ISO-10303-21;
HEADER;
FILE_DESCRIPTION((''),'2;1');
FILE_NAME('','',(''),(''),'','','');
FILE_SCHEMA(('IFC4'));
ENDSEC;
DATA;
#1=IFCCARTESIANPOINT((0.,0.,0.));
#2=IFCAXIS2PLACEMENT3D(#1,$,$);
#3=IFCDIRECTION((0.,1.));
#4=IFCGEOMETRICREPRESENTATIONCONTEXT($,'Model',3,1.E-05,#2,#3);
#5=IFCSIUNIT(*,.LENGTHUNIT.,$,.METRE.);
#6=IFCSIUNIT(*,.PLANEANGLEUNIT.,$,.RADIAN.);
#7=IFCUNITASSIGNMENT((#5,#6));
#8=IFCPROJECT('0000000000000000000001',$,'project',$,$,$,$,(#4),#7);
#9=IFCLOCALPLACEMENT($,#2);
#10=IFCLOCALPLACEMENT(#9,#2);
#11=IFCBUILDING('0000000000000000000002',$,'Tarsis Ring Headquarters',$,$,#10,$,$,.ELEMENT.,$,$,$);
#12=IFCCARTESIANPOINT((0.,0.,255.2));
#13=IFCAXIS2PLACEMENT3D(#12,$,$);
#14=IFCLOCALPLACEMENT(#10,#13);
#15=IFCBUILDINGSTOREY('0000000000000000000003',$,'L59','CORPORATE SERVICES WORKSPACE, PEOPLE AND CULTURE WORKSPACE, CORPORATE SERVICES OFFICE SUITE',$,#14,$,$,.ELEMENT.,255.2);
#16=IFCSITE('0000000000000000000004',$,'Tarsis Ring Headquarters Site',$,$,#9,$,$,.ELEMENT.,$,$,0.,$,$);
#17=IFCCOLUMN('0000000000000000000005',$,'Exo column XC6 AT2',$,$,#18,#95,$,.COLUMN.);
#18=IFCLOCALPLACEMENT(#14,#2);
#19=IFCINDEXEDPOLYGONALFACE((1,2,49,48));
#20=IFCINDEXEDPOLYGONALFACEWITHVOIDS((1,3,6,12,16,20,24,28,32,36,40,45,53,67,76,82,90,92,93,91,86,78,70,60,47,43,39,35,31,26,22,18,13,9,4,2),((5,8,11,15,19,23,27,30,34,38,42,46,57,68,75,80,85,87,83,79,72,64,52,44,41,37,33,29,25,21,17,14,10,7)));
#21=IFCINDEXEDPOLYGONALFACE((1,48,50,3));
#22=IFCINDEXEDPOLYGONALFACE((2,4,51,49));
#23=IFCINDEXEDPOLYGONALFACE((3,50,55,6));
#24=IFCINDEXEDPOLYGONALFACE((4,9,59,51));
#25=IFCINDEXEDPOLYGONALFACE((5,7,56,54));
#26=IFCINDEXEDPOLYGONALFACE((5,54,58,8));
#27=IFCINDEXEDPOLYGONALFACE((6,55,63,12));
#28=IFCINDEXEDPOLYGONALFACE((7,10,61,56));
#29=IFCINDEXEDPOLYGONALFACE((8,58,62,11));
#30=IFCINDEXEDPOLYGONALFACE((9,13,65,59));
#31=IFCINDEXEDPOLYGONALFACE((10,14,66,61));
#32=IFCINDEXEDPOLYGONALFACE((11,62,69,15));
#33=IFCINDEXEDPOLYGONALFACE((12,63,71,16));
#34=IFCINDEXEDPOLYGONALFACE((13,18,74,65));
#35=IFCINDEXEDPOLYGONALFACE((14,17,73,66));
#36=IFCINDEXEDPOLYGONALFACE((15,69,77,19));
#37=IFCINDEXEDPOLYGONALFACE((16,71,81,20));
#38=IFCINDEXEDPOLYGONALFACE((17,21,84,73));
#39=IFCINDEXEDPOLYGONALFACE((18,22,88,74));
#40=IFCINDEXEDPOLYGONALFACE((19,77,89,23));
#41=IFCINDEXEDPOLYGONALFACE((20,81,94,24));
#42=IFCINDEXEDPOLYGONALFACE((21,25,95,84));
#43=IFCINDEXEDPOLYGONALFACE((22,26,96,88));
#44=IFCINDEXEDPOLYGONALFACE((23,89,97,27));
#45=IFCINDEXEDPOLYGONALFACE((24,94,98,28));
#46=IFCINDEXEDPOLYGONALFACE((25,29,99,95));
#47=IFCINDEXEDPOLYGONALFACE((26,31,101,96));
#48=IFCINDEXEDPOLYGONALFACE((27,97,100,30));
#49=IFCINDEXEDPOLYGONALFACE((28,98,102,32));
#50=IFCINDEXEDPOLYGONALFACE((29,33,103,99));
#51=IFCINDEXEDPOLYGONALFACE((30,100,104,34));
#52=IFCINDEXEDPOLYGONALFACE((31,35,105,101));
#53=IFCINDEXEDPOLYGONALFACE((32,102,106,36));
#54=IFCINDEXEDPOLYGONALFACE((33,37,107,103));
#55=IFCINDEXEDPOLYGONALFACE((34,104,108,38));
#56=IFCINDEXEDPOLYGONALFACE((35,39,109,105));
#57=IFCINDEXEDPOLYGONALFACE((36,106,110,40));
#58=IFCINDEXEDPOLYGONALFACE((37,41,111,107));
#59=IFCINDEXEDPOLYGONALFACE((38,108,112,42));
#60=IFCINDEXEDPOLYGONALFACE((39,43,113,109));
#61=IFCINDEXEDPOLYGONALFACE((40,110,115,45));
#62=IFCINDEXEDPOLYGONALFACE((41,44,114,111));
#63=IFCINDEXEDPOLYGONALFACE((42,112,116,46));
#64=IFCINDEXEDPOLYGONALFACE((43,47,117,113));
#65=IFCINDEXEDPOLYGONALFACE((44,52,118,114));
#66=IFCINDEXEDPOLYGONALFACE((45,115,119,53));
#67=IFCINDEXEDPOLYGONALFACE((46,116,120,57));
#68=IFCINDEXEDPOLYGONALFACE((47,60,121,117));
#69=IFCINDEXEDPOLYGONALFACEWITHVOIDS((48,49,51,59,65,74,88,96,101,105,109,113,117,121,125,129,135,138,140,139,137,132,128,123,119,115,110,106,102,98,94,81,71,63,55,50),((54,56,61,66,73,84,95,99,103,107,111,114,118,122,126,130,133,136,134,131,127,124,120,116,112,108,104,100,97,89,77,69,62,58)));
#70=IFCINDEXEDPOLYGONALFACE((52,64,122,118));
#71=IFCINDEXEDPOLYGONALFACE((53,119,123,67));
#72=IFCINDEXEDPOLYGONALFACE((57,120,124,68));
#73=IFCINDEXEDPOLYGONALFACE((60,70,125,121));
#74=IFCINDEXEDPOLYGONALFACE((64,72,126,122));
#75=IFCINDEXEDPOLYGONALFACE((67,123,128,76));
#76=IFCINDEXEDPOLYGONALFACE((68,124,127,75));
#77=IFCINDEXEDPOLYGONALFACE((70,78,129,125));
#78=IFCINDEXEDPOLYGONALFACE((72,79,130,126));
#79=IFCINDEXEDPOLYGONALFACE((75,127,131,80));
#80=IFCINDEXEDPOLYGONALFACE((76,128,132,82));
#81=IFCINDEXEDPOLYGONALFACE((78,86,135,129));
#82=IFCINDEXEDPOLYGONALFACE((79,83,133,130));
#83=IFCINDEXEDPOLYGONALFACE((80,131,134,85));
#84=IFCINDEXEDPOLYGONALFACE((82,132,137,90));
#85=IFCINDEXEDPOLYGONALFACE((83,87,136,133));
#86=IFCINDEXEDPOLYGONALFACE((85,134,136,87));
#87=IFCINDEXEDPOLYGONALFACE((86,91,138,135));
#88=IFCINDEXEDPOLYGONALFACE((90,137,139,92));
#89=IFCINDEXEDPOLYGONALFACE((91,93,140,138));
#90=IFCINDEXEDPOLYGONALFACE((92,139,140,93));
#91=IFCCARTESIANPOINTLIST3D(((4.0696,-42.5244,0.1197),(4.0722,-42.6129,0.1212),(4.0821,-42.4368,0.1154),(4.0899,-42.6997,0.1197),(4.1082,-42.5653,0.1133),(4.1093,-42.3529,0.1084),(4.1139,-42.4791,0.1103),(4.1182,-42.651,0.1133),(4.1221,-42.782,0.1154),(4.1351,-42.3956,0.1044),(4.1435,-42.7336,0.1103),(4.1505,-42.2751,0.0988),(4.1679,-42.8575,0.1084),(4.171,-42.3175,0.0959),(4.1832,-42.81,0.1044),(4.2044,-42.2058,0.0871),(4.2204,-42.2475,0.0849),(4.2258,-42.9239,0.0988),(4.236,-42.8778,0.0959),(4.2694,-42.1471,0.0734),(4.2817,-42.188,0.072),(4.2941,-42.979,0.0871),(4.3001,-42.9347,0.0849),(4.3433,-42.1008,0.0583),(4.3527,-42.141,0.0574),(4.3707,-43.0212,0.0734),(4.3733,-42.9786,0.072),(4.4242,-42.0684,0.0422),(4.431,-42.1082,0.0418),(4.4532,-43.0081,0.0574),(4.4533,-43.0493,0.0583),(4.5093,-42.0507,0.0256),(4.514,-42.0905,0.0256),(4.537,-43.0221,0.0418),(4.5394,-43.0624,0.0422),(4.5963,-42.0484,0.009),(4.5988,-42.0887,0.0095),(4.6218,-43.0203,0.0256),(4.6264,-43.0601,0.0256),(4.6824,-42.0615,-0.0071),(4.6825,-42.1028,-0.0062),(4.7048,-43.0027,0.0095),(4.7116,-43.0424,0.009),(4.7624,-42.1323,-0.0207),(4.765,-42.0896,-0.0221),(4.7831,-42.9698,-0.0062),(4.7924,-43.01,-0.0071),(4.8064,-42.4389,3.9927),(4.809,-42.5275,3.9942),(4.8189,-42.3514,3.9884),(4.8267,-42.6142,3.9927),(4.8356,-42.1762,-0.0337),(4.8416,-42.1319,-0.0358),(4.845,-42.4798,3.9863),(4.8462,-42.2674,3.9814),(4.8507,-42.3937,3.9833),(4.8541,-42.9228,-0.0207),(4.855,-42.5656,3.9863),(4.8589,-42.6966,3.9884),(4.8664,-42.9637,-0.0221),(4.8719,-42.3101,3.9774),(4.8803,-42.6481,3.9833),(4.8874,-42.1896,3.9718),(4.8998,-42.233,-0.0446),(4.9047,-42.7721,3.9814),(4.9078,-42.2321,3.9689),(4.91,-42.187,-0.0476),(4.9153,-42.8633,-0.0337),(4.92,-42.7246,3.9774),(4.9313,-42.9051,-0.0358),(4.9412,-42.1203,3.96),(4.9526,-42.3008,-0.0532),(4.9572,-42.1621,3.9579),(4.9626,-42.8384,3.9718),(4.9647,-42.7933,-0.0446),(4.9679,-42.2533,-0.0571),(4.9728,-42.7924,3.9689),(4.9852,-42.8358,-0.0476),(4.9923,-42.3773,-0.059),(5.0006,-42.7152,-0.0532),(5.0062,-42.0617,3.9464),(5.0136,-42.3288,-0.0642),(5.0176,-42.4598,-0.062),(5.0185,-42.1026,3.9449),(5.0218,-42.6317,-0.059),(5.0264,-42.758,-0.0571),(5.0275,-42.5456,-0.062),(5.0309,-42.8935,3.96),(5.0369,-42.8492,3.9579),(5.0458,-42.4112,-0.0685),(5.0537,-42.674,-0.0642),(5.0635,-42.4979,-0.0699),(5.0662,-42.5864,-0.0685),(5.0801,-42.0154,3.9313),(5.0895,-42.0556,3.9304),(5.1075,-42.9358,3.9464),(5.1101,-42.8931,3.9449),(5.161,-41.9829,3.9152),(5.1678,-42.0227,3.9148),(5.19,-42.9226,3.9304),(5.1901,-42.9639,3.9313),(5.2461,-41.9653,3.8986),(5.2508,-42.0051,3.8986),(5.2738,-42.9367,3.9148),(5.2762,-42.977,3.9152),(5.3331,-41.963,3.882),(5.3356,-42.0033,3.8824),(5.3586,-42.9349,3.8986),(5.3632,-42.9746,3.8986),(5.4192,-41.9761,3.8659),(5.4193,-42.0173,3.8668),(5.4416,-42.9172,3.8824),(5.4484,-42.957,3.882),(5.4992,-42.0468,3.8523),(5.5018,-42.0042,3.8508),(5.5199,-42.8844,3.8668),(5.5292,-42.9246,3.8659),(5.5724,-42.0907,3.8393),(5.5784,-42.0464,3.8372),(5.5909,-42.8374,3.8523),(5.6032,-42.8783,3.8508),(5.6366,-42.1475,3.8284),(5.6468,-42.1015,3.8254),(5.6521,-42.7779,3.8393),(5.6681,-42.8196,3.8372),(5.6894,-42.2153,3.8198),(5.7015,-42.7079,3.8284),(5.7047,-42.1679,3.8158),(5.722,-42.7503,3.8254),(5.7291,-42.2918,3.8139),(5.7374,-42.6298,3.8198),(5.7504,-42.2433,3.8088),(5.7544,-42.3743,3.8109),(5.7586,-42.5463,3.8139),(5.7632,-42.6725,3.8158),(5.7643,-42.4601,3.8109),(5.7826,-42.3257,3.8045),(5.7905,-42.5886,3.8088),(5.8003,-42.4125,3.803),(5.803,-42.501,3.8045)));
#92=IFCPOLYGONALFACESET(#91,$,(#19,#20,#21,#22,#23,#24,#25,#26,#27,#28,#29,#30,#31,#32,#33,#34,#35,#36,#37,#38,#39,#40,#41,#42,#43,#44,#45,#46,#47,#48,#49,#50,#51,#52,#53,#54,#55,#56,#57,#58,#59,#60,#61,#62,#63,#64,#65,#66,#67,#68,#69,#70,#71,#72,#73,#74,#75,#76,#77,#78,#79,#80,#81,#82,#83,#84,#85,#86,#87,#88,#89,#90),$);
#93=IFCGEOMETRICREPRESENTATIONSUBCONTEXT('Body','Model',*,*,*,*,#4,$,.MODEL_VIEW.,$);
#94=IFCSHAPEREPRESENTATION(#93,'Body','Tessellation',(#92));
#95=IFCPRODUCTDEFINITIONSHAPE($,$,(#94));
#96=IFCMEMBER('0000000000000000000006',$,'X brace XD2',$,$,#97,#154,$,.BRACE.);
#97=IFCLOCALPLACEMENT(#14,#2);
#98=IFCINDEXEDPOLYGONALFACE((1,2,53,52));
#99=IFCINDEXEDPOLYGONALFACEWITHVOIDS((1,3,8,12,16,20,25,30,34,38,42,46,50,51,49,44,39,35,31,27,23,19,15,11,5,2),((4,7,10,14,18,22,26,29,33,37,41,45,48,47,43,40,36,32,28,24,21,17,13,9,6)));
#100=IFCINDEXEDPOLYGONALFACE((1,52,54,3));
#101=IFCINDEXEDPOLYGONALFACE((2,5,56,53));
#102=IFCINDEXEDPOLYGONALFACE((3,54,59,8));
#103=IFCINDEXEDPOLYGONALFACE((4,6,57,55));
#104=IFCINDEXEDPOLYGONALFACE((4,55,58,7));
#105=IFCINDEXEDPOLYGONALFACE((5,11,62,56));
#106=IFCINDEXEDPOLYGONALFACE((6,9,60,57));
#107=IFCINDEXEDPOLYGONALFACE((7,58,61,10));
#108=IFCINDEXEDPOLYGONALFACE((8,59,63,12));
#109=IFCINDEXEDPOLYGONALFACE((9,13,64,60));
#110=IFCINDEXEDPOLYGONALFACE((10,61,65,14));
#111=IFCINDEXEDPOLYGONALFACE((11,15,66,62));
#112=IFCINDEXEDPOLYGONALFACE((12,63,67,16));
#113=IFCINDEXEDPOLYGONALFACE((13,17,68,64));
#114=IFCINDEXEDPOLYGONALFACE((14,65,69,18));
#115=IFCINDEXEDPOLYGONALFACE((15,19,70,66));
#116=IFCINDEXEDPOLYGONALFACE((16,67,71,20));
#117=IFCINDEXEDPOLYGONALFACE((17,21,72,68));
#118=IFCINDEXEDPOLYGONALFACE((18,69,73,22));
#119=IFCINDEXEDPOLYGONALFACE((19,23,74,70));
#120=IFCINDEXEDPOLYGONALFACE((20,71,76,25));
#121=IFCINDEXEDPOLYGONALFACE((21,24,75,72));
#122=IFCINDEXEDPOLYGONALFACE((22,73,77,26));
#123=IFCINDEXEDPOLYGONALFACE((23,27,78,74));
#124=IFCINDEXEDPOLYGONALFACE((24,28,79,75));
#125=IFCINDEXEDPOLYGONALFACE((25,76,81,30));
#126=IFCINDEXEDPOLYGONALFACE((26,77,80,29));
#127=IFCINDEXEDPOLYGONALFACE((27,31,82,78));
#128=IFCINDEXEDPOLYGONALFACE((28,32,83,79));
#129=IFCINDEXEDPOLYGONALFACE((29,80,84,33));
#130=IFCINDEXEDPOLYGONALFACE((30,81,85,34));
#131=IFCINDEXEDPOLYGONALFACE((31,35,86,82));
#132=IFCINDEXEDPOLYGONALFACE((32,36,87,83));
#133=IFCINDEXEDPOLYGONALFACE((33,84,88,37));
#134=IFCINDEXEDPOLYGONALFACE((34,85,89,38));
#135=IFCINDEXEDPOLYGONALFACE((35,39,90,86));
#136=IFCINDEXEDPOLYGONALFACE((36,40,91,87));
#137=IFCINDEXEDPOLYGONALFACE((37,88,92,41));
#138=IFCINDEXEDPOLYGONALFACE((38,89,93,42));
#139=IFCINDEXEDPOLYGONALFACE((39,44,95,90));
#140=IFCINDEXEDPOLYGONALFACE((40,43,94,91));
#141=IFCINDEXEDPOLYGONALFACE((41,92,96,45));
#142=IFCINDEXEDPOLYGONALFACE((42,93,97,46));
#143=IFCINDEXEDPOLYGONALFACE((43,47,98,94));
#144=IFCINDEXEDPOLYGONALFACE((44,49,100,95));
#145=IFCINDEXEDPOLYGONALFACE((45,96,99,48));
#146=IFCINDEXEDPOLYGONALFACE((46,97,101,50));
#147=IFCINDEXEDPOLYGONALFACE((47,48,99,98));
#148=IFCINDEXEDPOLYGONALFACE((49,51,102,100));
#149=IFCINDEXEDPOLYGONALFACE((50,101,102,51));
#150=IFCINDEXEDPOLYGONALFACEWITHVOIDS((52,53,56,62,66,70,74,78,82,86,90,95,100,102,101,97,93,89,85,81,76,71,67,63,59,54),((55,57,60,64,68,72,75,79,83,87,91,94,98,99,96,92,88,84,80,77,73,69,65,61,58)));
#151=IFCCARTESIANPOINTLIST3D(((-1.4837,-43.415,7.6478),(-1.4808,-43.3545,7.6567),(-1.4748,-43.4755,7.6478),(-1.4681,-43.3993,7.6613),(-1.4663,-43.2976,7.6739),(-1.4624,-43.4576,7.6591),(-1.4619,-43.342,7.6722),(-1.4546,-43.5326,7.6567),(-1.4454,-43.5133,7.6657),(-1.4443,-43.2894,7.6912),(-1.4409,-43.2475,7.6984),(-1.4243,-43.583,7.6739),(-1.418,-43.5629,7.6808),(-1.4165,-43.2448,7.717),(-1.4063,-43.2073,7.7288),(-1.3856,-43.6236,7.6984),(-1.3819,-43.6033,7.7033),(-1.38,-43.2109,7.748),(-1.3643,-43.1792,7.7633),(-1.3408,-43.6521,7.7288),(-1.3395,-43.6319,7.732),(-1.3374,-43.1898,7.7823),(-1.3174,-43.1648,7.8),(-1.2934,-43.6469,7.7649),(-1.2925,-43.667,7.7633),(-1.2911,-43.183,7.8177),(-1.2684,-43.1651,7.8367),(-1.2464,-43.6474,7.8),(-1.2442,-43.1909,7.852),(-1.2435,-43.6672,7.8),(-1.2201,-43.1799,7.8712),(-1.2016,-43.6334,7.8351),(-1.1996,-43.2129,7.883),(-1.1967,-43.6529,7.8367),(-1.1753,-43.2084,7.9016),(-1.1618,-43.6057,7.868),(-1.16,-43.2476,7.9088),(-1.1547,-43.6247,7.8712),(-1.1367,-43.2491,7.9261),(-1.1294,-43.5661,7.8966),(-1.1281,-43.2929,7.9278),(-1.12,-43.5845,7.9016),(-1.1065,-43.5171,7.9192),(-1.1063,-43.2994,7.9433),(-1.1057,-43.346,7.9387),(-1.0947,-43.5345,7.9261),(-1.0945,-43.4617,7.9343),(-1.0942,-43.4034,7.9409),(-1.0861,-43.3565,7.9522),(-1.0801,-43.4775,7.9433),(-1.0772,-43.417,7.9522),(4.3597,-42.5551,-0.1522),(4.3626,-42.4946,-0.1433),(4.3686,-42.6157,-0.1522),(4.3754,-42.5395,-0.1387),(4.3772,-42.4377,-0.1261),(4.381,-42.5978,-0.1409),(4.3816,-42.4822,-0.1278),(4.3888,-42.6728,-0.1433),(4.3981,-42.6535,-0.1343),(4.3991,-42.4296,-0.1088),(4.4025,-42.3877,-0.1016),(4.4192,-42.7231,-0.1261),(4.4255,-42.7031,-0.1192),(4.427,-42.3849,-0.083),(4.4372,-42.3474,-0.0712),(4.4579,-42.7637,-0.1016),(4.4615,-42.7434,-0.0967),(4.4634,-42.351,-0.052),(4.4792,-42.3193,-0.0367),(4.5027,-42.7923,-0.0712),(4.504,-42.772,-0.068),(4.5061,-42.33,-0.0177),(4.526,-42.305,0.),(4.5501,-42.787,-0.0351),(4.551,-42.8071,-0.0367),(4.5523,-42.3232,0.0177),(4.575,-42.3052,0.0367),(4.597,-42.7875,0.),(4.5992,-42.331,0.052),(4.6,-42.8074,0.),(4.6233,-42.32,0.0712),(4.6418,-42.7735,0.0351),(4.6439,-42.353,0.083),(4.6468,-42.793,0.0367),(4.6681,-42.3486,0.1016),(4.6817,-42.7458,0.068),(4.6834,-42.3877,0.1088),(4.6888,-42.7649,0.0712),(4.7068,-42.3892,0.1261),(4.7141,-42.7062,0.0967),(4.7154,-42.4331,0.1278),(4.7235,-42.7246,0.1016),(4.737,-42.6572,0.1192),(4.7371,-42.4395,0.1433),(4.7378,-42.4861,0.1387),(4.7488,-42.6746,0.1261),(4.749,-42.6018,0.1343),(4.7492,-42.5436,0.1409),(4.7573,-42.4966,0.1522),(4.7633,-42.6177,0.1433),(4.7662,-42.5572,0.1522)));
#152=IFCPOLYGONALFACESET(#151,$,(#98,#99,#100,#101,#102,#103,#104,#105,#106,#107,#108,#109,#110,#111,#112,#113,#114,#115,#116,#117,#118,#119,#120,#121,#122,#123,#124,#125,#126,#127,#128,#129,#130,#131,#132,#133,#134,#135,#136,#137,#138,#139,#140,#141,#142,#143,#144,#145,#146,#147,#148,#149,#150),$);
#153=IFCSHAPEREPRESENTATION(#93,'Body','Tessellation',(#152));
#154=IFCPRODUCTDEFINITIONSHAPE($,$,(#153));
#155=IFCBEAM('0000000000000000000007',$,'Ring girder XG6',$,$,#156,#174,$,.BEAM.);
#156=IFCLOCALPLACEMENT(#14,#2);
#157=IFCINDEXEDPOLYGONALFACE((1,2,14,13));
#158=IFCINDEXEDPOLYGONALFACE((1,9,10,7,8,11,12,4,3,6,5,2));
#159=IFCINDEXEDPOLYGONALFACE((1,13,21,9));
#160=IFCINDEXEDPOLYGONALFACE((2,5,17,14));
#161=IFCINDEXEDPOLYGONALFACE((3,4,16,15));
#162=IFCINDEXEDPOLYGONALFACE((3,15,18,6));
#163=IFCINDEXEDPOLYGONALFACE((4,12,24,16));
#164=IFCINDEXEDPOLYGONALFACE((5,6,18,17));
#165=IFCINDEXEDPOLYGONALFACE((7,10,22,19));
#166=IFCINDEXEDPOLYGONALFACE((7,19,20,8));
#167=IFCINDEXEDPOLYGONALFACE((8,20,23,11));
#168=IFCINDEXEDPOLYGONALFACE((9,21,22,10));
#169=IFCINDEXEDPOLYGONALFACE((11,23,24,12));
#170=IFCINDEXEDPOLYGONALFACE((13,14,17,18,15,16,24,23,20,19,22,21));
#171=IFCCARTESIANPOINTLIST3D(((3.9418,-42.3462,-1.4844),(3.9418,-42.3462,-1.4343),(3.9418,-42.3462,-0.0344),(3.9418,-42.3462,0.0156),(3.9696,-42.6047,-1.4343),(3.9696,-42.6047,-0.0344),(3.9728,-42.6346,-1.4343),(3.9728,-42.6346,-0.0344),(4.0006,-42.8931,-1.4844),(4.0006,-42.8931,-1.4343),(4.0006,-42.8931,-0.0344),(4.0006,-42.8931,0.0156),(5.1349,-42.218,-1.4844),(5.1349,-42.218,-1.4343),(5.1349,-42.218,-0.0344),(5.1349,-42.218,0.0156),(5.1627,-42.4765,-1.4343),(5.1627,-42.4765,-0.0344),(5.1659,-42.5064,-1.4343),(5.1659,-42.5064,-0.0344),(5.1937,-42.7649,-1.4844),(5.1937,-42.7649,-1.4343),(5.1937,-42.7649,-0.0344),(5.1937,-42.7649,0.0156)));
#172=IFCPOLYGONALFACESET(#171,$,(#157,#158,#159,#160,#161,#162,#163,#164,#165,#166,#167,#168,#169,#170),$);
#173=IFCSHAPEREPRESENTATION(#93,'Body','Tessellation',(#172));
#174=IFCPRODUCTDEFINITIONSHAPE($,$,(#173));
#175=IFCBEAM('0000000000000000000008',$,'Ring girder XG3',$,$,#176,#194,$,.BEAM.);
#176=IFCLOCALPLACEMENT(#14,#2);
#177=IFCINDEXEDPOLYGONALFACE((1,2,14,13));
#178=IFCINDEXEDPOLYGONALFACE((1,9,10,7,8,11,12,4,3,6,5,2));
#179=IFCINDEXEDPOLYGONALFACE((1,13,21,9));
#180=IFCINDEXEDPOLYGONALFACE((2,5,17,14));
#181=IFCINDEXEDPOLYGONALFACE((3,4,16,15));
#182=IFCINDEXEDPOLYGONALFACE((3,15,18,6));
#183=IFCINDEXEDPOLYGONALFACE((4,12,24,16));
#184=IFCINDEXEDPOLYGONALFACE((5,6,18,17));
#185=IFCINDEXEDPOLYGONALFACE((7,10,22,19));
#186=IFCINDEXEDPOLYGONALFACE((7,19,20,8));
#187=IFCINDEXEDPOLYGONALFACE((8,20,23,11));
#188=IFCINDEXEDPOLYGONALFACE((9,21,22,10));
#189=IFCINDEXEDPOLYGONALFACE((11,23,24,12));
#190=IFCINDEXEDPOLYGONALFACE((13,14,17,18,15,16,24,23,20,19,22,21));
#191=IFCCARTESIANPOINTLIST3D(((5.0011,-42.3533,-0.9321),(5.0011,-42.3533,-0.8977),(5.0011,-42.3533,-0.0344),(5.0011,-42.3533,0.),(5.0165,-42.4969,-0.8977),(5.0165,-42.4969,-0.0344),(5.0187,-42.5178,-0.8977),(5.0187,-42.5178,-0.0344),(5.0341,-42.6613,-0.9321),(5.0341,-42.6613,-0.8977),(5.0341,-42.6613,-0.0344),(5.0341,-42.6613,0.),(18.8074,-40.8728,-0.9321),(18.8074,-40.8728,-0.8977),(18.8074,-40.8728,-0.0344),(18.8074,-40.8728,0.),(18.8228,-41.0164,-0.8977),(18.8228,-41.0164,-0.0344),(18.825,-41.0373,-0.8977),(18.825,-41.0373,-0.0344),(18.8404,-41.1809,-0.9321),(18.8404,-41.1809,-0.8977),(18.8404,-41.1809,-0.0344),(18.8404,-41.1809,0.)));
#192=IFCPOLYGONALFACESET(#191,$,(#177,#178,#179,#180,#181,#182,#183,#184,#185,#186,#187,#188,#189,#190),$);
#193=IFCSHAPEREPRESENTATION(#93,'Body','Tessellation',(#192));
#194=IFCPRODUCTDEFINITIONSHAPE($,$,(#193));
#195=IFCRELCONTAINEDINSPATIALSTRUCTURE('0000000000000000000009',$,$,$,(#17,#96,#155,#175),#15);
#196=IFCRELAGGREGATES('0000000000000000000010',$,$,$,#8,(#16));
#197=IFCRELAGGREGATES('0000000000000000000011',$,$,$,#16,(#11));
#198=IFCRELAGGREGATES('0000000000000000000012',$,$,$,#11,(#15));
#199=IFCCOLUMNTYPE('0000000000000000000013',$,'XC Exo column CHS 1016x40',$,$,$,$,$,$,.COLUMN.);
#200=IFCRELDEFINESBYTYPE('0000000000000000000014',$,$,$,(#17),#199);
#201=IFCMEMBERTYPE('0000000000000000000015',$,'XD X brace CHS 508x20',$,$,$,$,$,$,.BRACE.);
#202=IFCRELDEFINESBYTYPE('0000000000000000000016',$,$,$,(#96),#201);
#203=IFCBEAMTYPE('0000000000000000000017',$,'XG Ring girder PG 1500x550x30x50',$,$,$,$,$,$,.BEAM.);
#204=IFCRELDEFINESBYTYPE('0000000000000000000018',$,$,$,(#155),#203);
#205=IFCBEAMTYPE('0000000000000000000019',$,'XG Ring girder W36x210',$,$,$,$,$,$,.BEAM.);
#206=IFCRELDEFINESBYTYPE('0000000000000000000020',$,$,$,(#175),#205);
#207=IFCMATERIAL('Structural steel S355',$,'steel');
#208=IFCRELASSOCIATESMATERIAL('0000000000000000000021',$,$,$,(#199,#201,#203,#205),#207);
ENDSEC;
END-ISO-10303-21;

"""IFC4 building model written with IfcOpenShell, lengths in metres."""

from ifc_helpers import new_model, si_unit, direction, frame, origin, origin_2d, place, context, subcontext, project, spatial, hollow_circle, i_section, extrude, material, material_profile, profile_set, type_object, element, save


model = new_model("IFC4")

# Units and contexts
model_context = context("Model", 3, precision=1e-05, world=origin(), true_north=direction((0.0, 1.0)))
body_context = subcontext(model_context, "Body", "Model", "MODEL_VIEW")
ifc_project = project(units=[si_unit("LENGTHUNIT", "METRE"), si_unit("PLANEANGLEUNIT", "RADIAN")], contexts=[model_context])

# Site, building, storey
site_placement = place(None, origin())
site = spatial("IfcSite", under=ifc_project, at=site_placement, Name="Tarsis Ring Headquarters Site", CompositionType="ELEMENT", RefElevation=0.0)
building_placement = place(site_placement, origin())
building = spatial("IfcBuilding", under=site, at=building_placement, Name="Tarsis Ring Headquarters", CompositionType="ELEMENT")
storey_placement = place(building_placement, frame((0.0, 0.0, 255.2)))
storey = spatial("IfcBuildingStorey", under=building, at=storey_placement, Name="L59", Description="CORPORATE SERVICES WORKSPACE, PEOPLE AND CULTURE WORKSPACE, CORPORATE SERVICES OFFICE SUITE", CompositionType="ELEMENT", Elevation=255.2)

# Column
ifc_material_1 = material(Name="Structural steel S355", Category="steel")
ifc_material_profile_1 = material_profile(ifc_material_1, hollow_circle(Radius=0.5081, WallThickness=0.04, at=origin_2d()), Name="CHS 1016x40")
ifc_profile_set_1 = profile_set([ifc_material_profile_1], Name="Structural steel S355")
column_type = type_object("IfcColumnType", Name="XC Exo column CHS 1016x40", PredefinedType="COLUMN", material=ifc_profile_set_1)
column_placement = place(storey_placement, frame((4.5679, -42.5554, 0.0256), z_axis=(0.186846, 0.021669, 0.98215), x_axis=(-0.115199, 0.993342, 0.0)))
element("IfcColumn", 1, at=column_placement, inside=storey, type_object=column_type, Name="Exo column XC6 AT2", PredefinedType="COLUMN", context=body_context, shape_type="SweptSolid", body=[
    extrude(hollow_circle(Radius=0.5081, WallThickness=0.04, at=origin_2d()), origin(), (0.0, 0.0, 1.0), 3.9434),
])

# Member
ifc_material_profile_2 = material_profile(ifc_material_1, hollow_circle(Radius=0.2539, WallThickness=0.02, at=origin_2d()), Name="CHS 508x20")
ifc_profile_set_2 = profile_set([ifc_material_profile_2], Name="Structural steel S355")
member_type = type_object("IfcMemberType", Name="XD X brace CHS 508x20", PredefinedType="BRACE", material=ifc_profile_set_2)
member_placement = place(storey_placement, frame((4.563, -42.5562, 0.0), z_axis=(-0.597251, -0.087885, 0.797225), x_axis=(0.145581, -0.989346, 0.0)))
element("IfcMember", 2, at=member_placement, inside=storey, type_object=member_type, Name="X brace XD2", PredefinedType="BRACE", context=body_context, shape_type="SweptSolid", body=[
    extrude(hollow_circle(Radius=0.2539, WallThickness=0.02, at=origin_2d()), origin(), (0.0, 0.0, 1.0), 9.7839),
])

# Beams
ifc_material_profile_3 = material_profile(ifc_material_1, i_section(OverallWidth=0.55, OverallDepth=1.5, WebThickness=0.03, FlangeThickness=0.05, at=origin_2d()), Name="PG 1500x550x30x50")
ifc_profile_set_3 = profile_set([ifc_material_profile_3], Name="Structural steel S355")
beam_type_1 = type_object("IfcBeamType", Name="XG Ring girder PG 1500x550x30x50", PredefinedType="BEAM", material=ifc_profile_set_3)
beam_1_placement = place(storey_placement, frame((3.9712, -42.6196, -0.7344), z_axis=(0.994279, 0.106813, 0.0), x_axis=(-0.106813, 0.994279, 0.0)))
element("IfcBeam", 3, at=beam_1_placement, inside=storey, type_object=beam_type_1, Name="Ring girder XG6", PredefinedType="BEAM", context=body_context, shape_type="SweptSolid", body=[
    extrude(i_section(OverallWidth=0.55, OverallDepth=1.5, WebThickness=0.03, FlangeThickness=0.05, at=origin_2d()), origin(), (0.0, 0.0, 1.0), 1.2),
])
ifc_material_profile_4 = material_profile(ifc_material_1, i_section(OverallWidth=0.3098, OverallDepth=0.9321, WebThickness=0.021, FlangeThickness=0.0344, at=origin_2d()), Name="W36x210")
ifc_profile_set_4 = profile_set([ifc_material_profile_4], Name="Structural steel S355")
beam_type_2 = type_object("IfcBeamType", Name="XG Ring girder W36x210", PredefinedType="BEAM", material=ifc_profile_set_4)
beam_2_placement = place(storey_placement, frame((5.0176, -42.5073, -0.4661), z_axis=(0.9943, 0.106619, 0.0), x_axis=(-0.106619, 0.9943, 0.0)))
element("IfcBeam", 4, at=beam_2_placement, inside=storey, type_object=beam_type_2, Name="Ring girder XG3", PredefinedType="BEAM", context=body_context, shape_type="SweptSolid", body=[
    extrude(i_section(OverallWidth=0.3098, OverallDepth=0.9321, WebThickness=0.021, FlangeThickness=0.0344, at=origin_2d()), origin(), (0.0, 0.0, 1.0), 13.8855),
])

save(model, "model.ifc")
